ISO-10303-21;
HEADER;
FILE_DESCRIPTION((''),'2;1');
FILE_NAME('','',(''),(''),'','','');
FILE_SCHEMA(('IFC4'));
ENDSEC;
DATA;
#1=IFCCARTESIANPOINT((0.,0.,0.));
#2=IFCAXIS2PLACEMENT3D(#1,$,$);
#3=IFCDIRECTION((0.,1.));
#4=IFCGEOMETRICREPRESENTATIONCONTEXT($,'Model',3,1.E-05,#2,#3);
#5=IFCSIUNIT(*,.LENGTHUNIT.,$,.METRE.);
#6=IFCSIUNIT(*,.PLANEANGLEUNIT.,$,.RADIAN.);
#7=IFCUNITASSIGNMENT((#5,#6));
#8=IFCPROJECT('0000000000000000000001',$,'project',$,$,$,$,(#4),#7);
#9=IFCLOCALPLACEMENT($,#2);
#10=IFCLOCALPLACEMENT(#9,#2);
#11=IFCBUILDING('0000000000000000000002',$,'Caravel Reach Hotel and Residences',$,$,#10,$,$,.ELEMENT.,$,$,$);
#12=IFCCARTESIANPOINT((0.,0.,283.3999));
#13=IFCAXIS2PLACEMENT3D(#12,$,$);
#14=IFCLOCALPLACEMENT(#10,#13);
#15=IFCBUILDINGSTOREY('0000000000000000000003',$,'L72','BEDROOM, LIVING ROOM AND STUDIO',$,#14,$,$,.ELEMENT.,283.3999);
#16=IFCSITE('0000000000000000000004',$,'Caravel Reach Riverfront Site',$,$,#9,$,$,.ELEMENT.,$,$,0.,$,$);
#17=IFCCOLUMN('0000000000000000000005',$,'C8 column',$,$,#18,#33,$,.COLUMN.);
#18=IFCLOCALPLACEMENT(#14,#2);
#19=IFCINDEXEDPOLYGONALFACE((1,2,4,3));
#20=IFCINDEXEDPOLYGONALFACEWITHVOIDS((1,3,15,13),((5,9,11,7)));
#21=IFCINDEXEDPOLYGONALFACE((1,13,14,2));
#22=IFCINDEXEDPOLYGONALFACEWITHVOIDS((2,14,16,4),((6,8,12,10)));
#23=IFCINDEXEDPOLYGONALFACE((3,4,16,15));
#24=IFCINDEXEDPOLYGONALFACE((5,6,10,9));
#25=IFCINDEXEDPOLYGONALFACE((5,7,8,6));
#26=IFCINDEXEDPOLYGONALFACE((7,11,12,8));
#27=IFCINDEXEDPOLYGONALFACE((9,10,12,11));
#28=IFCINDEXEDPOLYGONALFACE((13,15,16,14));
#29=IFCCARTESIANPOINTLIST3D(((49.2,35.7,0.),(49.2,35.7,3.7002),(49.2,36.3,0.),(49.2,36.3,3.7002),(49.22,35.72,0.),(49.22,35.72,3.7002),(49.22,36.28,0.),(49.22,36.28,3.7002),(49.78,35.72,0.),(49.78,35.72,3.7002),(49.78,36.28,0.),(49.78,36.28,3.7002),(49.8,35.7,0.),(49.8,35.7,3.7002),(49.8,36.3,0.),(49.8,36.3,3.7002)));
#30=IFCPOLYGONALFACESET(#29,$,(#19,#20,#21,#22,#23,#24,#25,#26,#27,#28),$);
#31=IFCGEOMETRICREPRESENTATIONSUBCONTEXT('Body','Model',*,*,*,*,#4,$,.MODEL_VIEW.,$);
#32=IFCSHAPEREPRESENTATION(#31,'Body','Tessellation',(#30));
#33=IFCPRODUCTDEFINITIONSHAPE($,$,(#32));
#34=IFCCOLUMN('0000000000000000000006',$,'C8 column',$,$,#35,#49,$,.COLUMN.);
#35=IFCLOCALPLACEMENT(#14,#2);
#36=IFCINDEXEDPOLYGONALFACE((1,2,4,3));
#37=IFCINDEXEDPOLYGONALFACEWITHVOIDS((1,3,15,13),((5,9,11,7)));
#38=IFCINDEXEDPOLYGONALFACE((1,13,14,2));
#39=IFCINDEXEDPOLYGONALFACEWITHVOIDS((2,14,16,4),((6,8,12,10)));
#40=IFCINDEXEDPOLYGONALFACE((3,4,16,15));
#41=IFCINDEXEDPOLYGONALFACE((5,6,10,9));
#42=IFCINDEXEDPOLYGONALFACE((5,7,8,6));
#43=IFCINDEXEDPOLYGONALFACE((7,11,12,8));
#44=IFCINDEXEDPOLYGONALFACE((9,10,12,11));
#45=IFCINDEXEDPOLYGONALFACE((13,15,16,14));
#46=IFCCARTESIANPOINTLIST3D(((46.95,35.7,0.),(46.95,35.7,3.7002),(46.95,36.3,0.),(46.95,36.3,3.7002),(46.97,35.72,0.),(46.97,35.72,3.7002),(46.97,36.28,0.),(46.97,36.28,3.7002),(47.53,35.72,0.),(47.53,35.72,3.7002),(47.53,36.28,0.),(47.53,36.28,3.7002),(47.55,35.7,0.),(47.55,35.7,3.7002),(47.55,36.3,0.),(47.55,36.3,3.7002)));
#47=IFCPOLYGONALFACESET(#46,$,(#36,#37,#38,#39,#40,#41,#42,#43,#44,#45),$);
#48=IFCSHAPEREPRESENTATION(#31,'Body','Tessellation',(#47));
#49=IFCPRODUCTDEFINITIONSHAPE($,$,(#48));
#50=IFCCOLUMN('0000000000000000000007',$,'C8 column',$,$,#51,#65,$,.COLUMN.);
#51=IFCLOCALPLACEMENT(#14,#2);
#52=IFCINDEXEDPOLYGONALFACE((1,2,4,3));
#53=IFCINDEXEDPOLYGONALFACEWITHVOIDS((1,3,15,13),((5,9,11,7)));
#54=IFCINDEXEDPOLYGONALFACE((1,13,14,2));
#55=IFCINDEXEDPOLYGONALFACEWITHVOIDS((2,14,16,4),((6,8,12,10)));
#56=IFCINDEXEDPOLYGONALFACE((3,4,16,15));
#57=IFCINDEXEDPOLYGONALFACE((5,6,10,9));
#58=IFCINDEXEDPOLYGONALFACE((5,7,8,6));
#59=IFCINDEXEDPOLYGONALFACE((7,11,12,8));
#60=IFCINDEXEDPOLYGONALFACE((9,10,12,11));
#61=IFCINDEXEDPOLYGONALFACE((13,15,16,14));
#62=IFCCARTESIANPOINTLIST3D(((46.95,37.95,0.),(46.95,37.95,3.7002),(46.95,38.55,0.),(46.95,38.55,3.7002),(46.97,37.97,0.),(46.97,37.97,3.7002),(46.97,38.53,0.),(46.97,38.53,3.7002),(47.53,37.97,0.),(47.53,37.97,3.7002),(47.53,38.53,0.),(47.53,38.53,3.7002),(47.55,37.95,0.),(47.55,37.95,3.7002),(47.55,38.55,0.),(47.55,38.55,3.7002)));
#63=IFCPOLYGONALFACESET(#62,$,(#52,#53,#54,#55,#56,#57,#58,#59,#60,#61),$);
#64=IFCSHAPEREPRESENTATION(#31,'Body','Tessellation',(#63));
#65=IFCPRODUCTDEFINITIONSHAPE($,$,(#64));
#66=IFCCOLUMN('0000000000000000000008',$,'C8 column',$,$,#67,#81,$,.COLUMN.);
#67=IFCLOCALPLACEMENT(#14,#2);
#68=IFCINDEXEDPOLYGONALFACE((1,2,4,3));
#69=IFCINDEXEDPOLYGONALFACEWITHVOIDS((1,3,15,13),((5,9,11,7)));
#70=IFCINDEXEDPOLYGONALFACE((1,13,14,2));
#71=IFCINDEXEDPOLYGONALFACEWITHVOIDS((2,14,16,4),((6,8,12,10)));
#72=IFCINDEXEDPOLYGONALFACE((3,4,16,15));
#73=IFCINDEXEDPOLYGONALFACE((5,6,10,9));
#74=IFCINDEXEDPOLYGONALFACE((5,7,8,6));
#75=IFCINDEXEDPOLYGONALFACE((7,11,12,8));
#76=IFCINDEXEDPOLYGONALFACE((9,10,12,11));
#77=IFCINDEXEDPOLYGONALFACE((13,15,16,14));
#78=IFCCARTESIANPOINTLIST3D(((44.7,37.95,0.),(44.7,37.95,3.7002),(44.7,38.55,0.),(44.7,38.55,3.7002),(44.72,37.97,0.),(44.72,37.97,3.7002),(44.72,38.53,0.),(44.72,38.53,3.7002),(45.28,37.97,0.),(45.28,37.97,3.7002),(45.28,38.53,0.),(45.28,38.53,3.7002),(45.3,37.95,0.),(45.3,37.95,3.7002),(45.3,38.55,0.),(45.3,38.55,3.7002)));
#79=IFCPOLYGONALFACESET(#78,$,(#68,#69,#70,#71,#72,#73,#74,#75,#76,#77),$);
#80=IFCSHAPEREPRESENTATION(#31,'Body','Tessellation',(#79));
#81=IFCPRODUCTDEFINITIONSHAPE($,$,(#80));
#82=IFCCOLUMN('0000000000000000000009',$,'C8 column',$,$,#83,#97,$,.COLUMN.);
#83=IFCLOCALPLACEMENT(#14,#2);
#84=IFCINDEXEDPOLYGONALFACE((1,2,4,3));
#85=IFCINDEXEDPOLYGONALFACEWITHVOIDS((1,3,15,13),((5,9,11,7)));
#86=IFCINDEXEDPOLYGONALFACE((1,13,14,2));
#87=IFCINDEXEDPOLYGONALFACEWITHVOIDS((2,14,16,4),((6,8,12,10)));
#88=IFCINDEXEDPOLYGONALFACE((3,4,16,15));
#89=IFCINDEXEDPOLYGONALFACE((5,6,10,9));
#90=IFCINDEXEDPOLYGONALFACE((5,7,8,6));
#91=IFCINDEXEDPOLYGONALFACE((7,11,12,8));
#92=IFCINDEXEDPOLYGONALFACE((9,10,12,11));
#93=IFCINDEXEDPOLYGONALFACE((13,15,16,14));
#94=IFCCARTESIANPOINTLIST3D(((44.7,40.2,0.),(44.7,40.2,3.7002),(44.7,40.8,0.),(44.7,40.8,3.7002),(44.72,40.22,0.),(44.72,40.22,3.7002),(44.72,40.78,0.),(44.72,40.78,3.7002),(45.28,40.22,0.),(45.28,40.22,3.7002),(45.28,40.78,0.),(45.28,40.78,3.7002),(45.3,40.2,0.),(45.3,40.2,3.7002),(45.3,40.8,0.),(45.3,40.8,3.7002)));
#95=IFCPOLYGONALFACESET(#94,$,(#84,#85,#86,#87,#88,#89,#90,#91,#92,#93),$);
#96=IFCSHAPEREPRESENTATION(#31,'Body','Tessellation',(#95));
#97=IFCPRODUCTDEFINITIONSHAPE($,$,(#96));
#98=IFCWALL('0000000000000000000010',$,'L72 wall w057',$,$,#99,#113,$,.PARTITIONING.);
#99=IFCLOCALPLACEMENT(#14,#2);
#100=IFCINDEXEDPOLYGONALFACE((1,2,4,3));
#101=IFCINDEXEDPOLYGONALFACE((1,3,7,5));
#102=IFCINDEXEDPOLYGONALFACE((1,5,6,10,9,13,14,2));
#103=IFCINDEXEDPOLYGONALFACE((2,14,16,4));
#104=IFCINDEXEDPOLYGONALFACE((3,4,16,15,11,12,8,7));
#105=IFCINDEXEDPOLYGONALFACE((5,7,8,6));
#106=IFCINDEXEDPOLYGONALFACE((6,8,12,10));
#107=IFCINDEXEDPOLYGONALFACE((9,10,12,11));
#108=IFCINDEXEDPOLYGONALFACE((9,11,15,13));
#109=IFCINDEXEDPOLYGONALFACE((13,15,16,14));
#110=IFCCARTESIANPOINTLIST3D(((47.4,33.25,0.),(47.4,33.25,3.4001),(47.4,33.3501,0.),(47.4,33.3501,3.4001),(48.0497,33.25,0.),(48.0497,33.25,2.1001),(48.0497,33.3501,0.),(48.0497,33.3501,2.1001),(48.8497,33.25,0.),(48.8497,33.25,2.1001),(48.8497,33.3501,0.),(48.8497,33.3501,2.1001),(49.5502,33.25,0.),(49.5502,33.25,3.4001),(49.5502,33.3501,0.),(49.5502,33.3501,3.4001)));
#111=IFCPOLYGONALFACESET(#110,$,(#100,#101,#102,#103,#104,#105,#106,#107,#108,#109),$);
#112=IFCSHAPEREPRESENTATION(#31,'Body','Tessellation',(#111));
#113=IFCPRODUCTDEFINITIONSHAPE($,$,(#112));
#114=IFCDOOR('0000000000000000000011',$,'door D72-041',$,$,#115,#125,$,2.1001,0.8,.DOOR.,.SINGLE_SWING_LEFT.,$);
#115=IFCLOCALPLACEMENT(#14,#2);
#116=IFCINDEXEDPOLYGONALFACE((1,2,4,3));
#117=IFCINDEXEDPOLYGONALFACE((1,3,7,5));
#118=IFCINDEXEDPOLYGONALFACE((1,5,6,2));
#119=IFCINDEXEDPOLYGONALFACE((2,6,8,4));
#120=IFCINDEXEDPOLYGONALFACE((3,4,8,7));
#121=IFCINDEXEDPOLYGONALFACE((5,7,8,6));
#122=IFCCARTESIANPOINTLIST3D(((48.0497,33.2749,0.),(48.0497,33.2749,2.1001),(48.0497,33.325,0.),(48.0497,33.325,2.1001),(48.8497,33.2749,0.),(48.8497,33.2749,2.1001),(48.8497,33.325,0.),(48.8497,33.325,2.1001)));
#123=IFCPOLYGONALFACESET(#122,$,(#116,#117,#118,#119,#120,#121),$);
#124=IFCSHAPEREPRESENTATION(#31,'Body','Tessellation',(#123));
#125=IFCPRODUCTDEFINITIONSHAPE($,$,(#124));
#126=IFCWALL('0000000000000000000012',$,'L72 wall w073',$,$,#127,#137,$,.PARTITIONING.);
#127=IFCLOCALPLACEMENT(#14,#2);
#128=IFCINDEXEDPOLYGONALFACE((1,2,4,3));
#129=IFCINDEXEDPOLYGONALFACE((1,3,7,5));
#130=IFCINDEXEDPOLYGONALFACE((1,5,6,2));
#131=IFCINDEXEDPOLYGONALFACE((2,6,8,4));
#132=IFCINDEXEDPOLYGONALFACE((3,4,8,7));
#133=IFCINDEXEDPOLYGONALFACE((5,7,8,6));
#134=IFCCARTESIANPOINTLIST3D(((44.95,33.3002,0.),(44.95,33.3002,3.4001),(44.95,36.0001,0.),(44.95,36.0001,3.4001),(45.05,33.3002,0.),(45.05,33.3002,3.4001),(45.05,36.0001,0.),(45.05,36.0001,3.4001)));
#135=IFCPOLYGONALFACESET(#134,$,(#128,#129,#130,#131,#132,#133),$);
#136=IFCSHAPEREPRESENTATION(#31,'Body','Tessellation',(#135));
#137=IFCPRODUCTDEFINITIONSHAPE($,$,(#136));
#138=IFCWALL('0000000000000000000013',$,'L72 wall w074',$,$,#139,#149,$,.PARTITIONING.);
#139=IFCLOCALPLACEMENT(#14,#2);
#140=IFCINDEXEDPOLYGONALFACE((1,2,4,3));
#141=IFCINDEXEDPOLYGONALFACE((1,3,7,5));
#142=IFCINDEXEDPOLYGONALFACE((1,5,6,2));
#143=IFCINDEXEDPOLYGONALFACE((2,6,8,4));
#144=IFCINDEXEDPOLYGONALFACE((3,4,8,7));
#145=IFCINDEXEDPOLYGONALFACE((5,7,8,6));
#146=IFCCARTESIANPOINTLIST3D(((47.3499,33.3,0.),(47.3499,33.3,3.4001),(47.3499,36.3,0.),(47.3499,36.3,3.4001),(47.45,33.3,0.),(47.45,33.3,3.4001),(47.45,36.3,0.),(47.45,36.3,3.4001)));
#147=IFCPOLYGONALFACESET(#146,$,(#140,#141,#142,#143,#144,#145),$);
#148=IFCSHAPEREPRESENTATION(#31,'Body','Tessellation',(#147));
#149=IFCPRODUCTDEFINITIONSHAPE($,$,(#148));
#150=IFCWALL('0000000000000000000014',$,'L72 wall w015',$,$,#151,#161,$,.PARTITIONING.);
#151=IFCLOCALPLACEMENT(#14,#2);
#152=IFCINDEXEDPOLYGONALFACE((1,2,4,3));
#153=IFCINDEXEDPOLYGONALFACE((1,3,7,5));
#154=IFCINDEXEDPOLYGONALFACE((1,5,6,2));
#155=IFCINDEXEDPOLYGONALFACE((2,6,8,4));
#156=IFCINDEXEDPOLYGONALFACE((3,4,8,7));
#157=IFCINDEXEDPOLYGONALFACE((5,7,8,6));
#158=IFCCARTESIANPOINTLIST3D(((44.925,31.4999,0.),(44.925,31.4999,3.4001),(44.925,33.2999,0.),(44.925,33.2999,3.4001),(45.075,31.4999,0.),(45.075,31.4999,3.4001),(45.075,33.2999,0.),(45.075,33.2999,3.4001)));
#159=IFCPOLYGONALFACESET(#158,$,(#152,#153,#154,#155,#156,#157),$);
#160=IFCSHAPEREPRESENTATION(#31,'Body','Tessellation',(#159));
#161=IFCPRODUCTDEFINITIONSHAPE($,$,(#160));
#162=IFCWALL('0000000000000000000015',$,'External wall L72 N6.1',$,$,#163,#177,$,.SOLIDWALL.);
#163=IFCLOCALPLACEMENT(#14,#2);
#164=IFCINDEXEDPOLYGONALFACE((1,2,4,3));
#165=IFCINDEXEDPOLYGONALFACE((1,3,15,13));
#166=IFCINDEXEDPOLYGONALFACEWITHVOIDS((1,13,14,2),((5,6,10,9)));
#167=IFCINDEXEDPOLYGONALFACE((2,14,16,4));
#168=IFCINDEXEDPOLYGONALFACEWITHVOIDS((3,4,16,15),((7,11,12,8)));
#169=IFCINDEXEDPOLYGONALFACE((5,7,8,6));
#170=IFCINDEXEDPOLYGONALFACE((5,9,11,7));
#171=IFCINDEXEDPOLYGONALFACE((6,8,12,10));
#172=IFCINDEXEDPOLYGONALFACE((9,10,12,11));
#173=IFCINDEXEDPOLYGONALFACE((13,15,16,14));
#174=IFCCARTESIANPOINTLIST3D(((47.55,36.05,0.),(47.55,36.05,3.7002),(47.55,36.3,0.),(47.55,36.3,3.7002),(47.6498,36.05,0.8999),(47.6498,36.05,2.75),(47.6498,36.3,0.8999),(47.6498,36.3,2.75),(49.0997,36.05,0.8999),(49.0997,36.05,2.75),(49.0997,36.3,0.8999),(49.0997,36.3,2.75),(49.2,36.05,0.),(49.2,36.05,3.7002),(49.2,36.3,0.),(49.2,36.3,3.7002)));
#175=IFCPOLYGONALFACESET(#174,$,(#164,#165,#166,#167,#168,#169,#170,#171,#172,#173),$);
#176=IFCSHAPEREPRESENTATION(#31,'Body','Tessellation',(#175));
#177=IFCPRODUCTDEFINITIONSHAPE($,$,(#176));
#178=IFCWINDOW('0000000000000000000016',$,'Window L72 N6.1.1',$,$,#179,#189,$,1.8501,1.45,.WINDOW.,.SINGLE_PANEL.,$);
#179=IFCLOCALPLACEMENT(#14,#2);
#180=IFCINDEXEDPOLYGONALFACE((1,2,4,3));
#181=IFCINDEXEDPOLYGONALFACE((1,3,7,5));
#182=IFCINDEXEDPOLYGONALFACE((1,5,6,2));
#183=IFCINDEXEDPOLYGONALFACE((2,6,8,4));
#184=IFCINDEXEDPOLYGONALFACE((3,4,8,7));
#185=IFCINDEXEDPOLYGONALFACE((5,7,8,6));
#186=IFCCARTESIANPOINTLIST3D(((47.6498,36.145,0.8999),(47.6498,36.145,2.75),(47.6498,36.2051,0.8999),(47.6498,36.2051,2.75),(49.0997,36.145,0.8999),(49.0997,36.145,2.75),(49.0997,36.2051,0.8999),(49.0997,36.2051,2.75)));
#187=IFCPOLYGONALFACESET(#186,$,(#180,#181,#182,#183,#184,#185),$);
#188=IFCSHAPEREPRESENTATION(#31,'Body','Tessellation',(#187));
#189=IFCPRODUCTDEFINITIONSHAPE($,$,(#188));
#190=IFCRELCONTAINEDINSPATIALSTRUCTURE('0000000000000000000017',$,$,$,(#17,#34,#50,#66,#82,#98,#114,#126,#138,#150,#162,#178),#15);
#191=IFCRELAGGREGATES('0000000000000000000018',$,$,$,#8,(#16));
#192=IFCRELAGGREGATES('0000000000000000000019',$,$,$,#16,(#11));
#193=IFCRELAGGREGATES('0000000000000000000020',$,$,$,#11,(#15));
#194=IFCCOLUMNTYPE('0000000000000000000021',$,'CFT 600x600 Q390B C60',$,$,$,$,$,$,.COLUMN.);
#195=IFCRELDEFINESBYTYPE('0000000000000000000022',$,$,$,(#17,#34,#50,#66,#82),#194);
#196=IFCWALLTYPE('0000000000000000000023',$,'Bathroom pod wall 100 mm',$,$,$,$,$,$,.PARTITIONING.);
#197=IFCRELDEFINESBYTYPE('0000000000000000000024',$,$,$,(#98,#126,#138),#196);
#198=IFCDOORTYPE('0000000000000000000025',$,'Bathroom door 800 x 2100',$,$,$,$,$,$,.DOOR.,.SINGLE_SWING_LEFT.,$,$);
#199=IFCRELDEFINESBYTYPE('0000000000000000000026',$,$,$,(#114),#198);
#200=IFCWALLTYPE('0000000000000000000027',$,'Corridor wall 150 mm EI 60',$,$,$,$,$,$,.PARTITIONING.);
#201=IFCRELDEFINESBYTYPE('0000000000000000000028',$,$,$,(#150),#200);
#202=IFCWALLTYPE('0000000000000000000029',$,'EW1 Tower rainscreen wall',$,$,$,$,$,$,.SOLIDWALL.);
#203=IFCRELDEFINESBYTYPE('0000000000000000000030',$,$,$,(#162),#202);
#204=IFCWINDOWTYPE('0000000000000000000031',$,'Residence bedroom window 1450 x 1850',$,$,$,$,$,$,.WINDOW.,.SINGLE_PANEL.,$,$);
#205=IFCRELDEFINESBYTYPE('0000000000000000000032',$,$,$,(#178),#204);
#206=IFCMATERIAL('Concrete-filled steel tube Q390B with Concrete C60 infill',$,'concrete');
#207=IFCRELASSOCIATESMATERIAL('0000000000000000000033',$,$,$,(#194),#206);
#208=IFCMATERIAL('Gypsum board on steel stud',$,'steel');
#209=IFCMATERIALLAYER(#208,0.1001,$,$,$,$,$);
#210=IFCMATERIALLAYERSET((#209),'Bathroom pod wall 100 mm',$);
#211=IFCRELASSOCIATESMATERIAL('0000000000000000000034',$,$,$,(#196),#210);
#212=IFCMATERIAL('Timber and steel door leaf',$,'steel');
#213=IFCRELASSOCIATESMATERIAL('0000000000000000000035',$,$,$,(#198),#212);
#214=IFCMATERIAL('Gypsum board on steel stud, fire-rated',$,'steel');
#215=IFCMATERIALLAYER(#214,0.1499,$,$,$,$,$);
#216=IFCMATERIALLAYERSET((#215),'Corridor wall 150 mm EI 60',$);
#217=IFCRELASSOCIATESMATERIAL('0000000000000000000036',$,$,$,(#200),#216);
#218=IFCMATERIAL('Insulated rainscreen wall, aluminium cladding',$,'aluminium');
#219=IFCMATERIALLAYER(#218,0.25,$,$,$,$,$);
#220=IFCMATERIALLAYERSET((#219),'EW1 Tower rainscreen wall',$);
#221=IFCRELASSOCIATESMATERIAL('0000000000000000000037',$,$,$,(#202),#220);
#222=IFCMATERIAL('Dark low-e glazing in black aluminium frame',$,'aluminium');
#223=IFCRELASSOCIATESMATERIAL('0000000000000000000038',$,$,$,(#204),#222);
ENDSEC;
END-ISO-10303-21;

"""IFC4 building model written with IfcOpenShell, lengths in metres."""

from ifc_helpers import new_model, si_unit, direction, frame, frame_2d, origin, origin_2d, place, context, subcontext, project, spatial, rectangle, hollow_rectangle, extrude, material, layer, layer_set, material_profile, profile_set, type_object, element, fill, save


model = new_model("IFC4")

# Units and contexts
model_context = context("Model", 3, precision=1e-05, world=origin(), true_north=direction((0.0, 1.0)))
body_context = subcontext(model_context, "Body", "Model", "MODEL_VIEW")
ifc_project = project(units=[si_unit("LENGTHUNIT", "METRE"), si_unit("PLANEANGLEUNIT", "RADIAN")], contexts=[model_context])

# Site, building, storey
site_placement = place(None, origin())
site = spatial("IfcSite", under=ifc_project, at=site_placement, Name="Caravel Reach Riverfront Site", CompositionType="ELEMENT", RefElevation=0.0)
building_placement = place(site_placement, origin())
building = spatial("IfcBuilding", under=site, at=building_placement, Name="Caravel Reach Hotel and Residences", CompositionType="ELEMENT")
storey_placement = place(building_placement, frame((0.0, 0.0, 283.3999)))
storey = spatial("IfcBuildingStorey", under=building, at=storey_placement, Name="L72", Description="BEDROOM, LIVING ROOM AND STUDIO", CompositionType="ELEMENT", Elevation=283.3999)

# Columns
ifc_material_1 = material(Name="Concrete-filled steel tube Q390B with Concrete C60 infill", Category="concrete")
ifc_material_profile = material_profile(ifc_material_1, hollow_rectangle(XDim=0.6001, YDim=0.6001, WallThickness=0.02, at=origin_2d()), Name="RHS 600x600x20")
ifc_profile_set = profile_set([ifc_material_profile], Name="Concrete-filled steel tube Q390B with Concrete C60 infill")
column_type = type_object("IfcColumnType", Name="CFT 600x600 Q390B C60", PredefinedType="COLUMN", material=ifc_profile_set)
for number, where, z_axis, x_axis, name in (
    (1, (49.5, 36.0, 0.0), (0.0, 0.0, 1.0), (1.0, 0.0, 0.0), "C8 column"),
    (2, (47.25, 36.0, 0.0), (0.0, 0.0, 1.0), (1.0, 0.0, 0.0), "C8 column"),
    (3, (47.25, 38.25, 0.0), (0.0, 0.0, 1.0), (1.0, 0.0, 0.0), "C8 column"),
    (4, (45.0, 38.25, 0.0), (0.0, 0.0, 1.0), (1.0, 0.0, 0.0), "C8 column"),
    (5, (45.0, 40.5, 0.0), (0.0, 0.0, 1.0), (1.0, 0.0, 0.0), "C8 column"),
):
    element("IfcColumn", number, at=place(storey_placement, frame(where, z_axis=z_axis, x_axis=x_axis)), inside=storey, type_object=column_type, Name=name, PredefinedType="COLUMN", context=body_context, shape_type="SweptSolid", body=[
        extrude(hollow_rectangle(XDim=0.6001, YDim=0.6001, WallThickness=0.02, at=origin_2d()), origin(), (0.0, 0.0, 1.0), 3.7002),
    ])

# Wall, opening, door
ifc_material_2 = material(Name="Gypsum board on steel stud", Category="steel")
ifc_layer_1 = layer(ifc_material_2, 0.1001)
ifc_layer_set_1 = layer_set([ifc_layer_1], Name="Bathroom pod wall 100 mm")
wall_type_1 = type_object("IfcWallType", Name="Bathroom pod wall 100 mm", PredefinedType="PARTITIONING", material=ifc_layer_set_1)
wall_1_placement = place(storey_placement, frame((47.3999, 33.3, 0.0), z_axis=(0.0, 0.0, 1.0), x_axis=(1.0, 0.0, 0.0)))
wall_1 = element("IfcWall", 6, at=wall_1_placement, inside=storey, type_object=wall_type_1, Name="L72 wall w057", PredefinedType="PARTITIONING", context=body_context, shape_type="SweptSolid", body=[
    extrude(rectangle(XDim=2.1501, YDim=0.1001, at=frame_2d((1.0752, 0.0))), origin(), (0.0, 0.0, 1.0), 3.4001),
])
opening_1_placement = place(wall_1_placement, frame((0.6499, 0.0, 0.0)))
opening_1 = element("IfcOpeningElement", 7, at=opening_1_placement, cuts=wall_1, PredefinedType="OPENING", context=body_context, shape_type="SweptSolid", body=[
    extrude(rectangle(XDim=0.8, YDim=2.1001, at=frame_2d((0.3999, 1.05))), frame((0.0, 0.0601, 0.0), z_axis=(0.0, -1.0, 0.0), x_axis=(1.0, 0.0, 0.0)), (0.0, 0.0, 1.0), 0.1201),
])
ifc_material_3 = material(Name="Timber and steel door leaf", Category="steel")
door_type_1 = type_object("IfcDoorType", Name="Bathroom door 800 x 2100", OperationType="SINGLE_SWING_LEFT", PredefinedType="DOOR", material=ifc_material_3)
door_1_placement = place(opening_1_placement, origin())
door_1 = element("IfcDoor", 8, at=door_1_placement, inside=storey, type_object=door_type_1, Name="door D72-041", OperationType="SINGLE_SWING_LEFT", OverallHeight=2.1001, OverallWidth=0.8, PredefinedType="DOOR", context=body_context, shape_type="SweptSolid", body=[
    extrude(rectangle(XDim=0.8, YDim=2.1001, at=frame_2d((0.3999, 1.05))), frame((0.0, 0.0249, 0.0), z_axis=(0.0, -1.0, 0.0), x_axis=(1.0, 0.0, 0.0)), (0.0, 0.0, 1.0), 0.05),
])
fill(opening_1, door_1)

# Walls
wall_2_placement = place(storey_placement, frame((45.0, 33.3, 0.0), z_axis=(0.0, 0.0, 1.0), x_axis=(0.0, 1.0, 0.0)))
element("IfcWall", 9, at=wall_2_placement, inside=storey, type_object=wall_type_1, Name="L72 wall w073", PredefinedType="PARTITIONING", context=body_context, shape_type="SweptSolid", body=[
    extrude(rectangle(XDim=2.7, YDim=0.1001, at=frame_2d((1.3501, 0.0))), origin(), (0.0, 0.0, 1.0), 3.4001),
])
wall_3_placement = place(storey_placement, frame((47.3999, 33.3, 0.0), z_axis=(0.0, 0.0, 1.0), x_axis=(0.0, 1.0, 0.0)))
element("IfcWall", 10, at=wall_3_placement, inside=storey, type_object=wall_type_1, Name="L72 wall w074", PredefinedType="PARTITIONING", context=body_context, shape_type="SweptSolid", body=[
    extrude(rectangle(XDim=3.0, YDim=0.1001, at=frame_2d((1.5, 0.0))), origin(), (0.0, 0.0, 1.0), 3.4001),
])
ifc_material_4 = material(Name="Gypsum board on steel stud, fire-rated", Category="steel")
ifc_layer_2 = layer(ifc_material_4, 0.1499)
ifc_layer_set_2 = layer_set([ifc_layer_2], Name="Corridor wall 150 mm EI 60")
wall_type_2 = type_object("IfcWallType", Name="Corridor wall 150 mm EI 60", PredefinedType="PARTITIONING", material=ifc_layer_set_2)
wall_4_placement = place(storey_placement, frame((45.0, 31.5, 0.0), z_axis=(0.0, 0.0, 1.0), x_axis=(0.0, 1.0, 0.0)))
element("IfcWall", 11, at=wall_4_placement, inside=storey, type_object=wall_type_2, Name="L72 wall w015", PredefinedType="PARTITIONING", context=body_context, shape_type="SweptSolid", body=[
    extrude(rectangle(XDim=1.8, YDim=0.1499, at=frame_2d((0.8999, 0.0))), origin(), (0.0, 0.0, 1.0), 3.4001),
])

# Wall, opening, window
ifc_material_5 = material(Name="Insulated rainscreen wall, aluminium cladding", Category="aluminium")
ifc_layer_3 = layer(ifc_material_5, 0.25)
ifc_layer_set_3 = layer_set([ifc_layer_3], Name="EW1 Tower rainscreen wall")
wall_type_3 = type_object("IfcWallType", Name="EW1 Tower rainscreen wall", PredefinedType="SOLIDWALL", material=ifc_layer_set_3)
wall_5_placement = place(storey_placement, frame((49.2, 36.175, 0.0), z_axis=(0.0, 0.0, 1.0), x_axis=(-1.0, 0.0, 0.0)))
wall_5 = element("IfcWall", 12, at=wall_5_placement, inside=storey, type_object=wall_type_3, Name="External wall L72 N6.1", PredefinedType="SOLIDWALL", context=body_context, shape_type="SweptSolid", body=[
    extrude(rectangle(XDim=1.6499, YDim=0.25, at=frame_2d((0.825, 0.0))), origin(), (0.0, 0.0, 1.0), 3.7002),
])
opening_2_placement = place(wall_5_placement, frame((0.1001, 0.0, 0.8999)))
opening_2 = element("IfcOpeningElement", 13, at=opening_2_placement, cuts=wall_5, PredefinedType="OPENING", context=body_context, shape_type="SweptSolid", body=[
    extrude(rectangle(XDim=1.45, YDim=1.8501, at=frame_2d((0.7251, 0.925))), frame((0.0, 0.135, 0.0), z_axis=(0.0, -1.0, 0.0), x_axis=(1.0, 0.0, 0.0)), (0.0, 0.0, 1.0), 0.27),
])
ifc_material_6 = material(Name="Dark low-e glazing in black aluminium frame", Category="aluminium")
window_type = type_object("IfcWindowType", Name="Residence bedroom window 1450 x 1850", PartitioningType="SINGLE_PANEL", PredefinedType="WINDOW", material=ifc_material_6)
window_1_placement = place(opening_2_placement, origin())
window_1 = element("IfcWindow", 14, at=window_1_placement, inside=storey, type_object=window_type, Name="Window L72 N6.1.1", OverallHeight=1.8501, OverallWidth=1.45, PartitioningType="SINGLE_PANEL", PredefinedType="WINDOW", context=body_context, shape_type="SweptSolid", body=[
    extrude(rectangle(XDim=1.45, YDim=1.8501, at=frame_2d((0.7251, 0.925))), frame((0.0, 0.03, 0.0), z_axis=(0.0, -1.0, 0.0), x_axis=(1.0, 0.0, 0.0)), (0.0, 0.0, 1.0), 0.0601),
])
fill(opening_2, window_1)

save(model, "model.ifc")
